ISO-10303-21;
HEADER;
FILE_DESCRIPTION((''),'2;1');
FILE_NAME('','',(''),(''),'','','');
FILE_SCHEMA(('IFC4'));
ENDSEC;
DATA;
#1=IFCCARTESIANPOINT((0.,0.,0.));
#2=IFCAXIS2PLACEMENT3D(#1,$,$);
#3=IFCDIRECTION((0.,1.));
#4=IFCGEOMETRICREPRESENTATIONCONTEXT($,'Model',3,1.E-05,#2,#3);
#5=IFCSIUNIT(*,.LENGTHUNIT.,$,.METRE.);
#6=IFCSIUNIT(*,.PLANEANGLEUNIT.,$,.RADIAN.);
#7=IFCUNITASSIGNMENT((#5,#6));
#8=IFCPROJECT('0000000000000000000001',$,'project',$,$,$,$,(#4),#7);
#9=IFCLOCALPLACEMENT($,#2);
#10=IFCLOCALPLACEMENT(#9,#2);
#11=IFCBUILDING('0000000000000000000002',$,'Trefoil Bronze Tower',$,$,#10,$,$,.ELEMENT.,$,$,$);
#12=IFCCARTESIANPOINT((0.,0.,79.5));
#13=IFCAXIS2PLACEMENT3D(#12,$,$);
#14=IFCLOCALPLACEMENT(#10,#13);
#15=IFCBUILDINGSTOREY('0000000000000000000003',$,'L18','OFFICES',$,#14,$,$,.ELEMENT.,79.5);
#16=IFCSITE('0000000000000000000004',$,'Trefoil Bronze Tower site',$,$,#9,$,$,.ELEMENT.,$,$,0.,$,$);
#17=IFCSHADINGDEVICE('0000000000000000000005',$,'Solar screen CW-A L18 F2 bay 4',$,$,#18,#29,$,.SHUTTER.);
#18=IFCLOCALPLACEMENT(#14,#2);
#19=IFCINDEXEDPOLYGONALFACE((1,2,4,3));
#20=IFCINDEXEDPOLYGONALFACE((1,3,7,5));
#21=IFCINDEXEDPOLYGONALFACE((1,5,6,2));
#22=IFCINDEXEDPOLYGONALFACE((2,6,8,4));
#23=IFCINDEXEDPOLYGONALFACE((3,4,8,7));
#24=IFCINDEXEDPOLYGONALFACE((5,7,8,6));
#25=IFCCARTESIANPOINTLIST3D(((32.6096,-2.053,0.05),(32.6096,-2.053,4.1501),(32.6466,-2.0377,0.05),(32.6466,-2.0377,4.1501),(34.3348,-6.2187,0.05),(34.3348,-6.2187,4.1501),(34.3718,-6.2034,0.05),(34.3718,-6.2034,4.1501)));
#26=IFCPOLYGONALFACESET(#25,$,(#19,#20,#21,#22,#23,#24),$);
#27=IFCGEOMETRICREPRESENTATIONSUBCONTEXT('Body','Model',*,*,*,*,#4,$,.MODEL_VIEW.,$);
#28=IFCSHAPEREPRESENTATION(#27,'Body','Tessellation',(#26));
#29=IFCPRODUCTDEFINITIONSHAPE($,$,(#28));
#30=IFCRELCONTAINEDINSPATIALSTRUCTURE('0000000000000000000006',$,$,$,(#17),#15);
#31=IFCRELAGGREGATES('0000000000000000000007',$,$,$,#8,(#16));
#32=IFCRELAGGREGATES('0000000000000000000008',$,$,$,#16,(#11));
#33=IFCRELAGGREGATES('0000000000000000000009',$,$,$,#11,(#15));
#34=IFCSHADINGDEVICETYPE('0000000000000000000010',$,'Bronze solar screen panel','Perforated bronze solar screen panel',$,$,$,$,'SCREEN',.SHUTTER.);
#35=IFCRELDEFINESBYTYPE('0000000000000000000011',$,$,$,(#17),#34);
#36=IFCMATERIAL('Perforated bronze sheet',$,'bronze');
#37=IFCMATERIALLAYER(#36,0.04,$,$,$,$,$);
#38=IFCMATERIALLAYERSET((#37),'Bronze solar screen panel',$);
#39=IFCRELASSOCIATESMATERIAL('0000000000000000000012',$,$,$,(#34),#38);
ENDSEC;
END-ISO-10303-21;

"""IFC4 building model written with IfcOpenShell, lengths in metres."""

from ifc_helpers import new_model, si_unit, direction, frame, origin, origin_2d, place, context, subcontext, project, spatial, rectangle, extrude, material, layer, layer_set, type_object, element, save


model = new_model("IFC4")

# Units and contexts
model_context = context("Model", 3, precision=1e-05, world=origin(), true_north=direction((0.0, 1.0)))
body_context = subcontext(model_context, "Body", "Model", "MODEL_VIEW")
ifc_project = project(units=[si_unit("LENGTHUNIT", "METRE"), si_unit("PLANEANGLEUNIT", "RADIAN")], contexts=[model_context])

# Site, building, storey
site_placement = place(None, origin())
site = spatial("IfcSite", under=ifc_project, at=site_placement, Name="Trefoil Bronze Tower site", CompositionType="ELEMENT", RefElevation=0.0)
building_placement = place(site_placement, origin())
building = spatial("IfcBuilding", under=site, at=building_placement, Name="Trefoil Bronze Tower", CompositionType="ELEMENT")
storey_placement = place(building_placement, frame((0.0, 0.0, 79.5)))
storey = spatial("IfcBuildingStorey", under=building, at=storey_placement, Name="L18", Description="OFFICES", CompositionType="ELEMENT", Elevation=79.5)

# Shading device
ifc_material_1 = material(Name="Perforated bronze sheet", Category="bronze")
ifc_layer_1 = layer(ifc_material_1, 0.04)
ifc_layer_set_1 = layer_set([ifc_layer_1], Name="Bronze solar screen panel")
shading_device_type = type_object("IfcShadingDeviceType", Name="Bronze solar screen panel", Description="Perforated bronze solar screen panel", ElementType="SCREEN", PredefinedType="SHUTTER", material=ifc_layer_set_1)
shading_device_1_placement = place(storey_placement, frame((33.4907, -4.1282, 0.05), z_axis=(0.0, 0.0, 1.0), x_axis=(-0.38263, 0.923902, 0.0)))
element("IfcShadingDevice", 1, at=shading_device_1_placement, inside=storey, type_object=shading_device_type, Name="Solar screen CW-A L18 F2 bay 4", PredefinedType="SHUTTER", context=body_context, shape_type="SweptSolid", body=[
    extrude(rectangle(XDim=4.5088, YDim=0.04, at=origin_2d()), origin(), (0.0, 0.0, 1.0), 4.1001),
])

save(model, "model.ifc")
